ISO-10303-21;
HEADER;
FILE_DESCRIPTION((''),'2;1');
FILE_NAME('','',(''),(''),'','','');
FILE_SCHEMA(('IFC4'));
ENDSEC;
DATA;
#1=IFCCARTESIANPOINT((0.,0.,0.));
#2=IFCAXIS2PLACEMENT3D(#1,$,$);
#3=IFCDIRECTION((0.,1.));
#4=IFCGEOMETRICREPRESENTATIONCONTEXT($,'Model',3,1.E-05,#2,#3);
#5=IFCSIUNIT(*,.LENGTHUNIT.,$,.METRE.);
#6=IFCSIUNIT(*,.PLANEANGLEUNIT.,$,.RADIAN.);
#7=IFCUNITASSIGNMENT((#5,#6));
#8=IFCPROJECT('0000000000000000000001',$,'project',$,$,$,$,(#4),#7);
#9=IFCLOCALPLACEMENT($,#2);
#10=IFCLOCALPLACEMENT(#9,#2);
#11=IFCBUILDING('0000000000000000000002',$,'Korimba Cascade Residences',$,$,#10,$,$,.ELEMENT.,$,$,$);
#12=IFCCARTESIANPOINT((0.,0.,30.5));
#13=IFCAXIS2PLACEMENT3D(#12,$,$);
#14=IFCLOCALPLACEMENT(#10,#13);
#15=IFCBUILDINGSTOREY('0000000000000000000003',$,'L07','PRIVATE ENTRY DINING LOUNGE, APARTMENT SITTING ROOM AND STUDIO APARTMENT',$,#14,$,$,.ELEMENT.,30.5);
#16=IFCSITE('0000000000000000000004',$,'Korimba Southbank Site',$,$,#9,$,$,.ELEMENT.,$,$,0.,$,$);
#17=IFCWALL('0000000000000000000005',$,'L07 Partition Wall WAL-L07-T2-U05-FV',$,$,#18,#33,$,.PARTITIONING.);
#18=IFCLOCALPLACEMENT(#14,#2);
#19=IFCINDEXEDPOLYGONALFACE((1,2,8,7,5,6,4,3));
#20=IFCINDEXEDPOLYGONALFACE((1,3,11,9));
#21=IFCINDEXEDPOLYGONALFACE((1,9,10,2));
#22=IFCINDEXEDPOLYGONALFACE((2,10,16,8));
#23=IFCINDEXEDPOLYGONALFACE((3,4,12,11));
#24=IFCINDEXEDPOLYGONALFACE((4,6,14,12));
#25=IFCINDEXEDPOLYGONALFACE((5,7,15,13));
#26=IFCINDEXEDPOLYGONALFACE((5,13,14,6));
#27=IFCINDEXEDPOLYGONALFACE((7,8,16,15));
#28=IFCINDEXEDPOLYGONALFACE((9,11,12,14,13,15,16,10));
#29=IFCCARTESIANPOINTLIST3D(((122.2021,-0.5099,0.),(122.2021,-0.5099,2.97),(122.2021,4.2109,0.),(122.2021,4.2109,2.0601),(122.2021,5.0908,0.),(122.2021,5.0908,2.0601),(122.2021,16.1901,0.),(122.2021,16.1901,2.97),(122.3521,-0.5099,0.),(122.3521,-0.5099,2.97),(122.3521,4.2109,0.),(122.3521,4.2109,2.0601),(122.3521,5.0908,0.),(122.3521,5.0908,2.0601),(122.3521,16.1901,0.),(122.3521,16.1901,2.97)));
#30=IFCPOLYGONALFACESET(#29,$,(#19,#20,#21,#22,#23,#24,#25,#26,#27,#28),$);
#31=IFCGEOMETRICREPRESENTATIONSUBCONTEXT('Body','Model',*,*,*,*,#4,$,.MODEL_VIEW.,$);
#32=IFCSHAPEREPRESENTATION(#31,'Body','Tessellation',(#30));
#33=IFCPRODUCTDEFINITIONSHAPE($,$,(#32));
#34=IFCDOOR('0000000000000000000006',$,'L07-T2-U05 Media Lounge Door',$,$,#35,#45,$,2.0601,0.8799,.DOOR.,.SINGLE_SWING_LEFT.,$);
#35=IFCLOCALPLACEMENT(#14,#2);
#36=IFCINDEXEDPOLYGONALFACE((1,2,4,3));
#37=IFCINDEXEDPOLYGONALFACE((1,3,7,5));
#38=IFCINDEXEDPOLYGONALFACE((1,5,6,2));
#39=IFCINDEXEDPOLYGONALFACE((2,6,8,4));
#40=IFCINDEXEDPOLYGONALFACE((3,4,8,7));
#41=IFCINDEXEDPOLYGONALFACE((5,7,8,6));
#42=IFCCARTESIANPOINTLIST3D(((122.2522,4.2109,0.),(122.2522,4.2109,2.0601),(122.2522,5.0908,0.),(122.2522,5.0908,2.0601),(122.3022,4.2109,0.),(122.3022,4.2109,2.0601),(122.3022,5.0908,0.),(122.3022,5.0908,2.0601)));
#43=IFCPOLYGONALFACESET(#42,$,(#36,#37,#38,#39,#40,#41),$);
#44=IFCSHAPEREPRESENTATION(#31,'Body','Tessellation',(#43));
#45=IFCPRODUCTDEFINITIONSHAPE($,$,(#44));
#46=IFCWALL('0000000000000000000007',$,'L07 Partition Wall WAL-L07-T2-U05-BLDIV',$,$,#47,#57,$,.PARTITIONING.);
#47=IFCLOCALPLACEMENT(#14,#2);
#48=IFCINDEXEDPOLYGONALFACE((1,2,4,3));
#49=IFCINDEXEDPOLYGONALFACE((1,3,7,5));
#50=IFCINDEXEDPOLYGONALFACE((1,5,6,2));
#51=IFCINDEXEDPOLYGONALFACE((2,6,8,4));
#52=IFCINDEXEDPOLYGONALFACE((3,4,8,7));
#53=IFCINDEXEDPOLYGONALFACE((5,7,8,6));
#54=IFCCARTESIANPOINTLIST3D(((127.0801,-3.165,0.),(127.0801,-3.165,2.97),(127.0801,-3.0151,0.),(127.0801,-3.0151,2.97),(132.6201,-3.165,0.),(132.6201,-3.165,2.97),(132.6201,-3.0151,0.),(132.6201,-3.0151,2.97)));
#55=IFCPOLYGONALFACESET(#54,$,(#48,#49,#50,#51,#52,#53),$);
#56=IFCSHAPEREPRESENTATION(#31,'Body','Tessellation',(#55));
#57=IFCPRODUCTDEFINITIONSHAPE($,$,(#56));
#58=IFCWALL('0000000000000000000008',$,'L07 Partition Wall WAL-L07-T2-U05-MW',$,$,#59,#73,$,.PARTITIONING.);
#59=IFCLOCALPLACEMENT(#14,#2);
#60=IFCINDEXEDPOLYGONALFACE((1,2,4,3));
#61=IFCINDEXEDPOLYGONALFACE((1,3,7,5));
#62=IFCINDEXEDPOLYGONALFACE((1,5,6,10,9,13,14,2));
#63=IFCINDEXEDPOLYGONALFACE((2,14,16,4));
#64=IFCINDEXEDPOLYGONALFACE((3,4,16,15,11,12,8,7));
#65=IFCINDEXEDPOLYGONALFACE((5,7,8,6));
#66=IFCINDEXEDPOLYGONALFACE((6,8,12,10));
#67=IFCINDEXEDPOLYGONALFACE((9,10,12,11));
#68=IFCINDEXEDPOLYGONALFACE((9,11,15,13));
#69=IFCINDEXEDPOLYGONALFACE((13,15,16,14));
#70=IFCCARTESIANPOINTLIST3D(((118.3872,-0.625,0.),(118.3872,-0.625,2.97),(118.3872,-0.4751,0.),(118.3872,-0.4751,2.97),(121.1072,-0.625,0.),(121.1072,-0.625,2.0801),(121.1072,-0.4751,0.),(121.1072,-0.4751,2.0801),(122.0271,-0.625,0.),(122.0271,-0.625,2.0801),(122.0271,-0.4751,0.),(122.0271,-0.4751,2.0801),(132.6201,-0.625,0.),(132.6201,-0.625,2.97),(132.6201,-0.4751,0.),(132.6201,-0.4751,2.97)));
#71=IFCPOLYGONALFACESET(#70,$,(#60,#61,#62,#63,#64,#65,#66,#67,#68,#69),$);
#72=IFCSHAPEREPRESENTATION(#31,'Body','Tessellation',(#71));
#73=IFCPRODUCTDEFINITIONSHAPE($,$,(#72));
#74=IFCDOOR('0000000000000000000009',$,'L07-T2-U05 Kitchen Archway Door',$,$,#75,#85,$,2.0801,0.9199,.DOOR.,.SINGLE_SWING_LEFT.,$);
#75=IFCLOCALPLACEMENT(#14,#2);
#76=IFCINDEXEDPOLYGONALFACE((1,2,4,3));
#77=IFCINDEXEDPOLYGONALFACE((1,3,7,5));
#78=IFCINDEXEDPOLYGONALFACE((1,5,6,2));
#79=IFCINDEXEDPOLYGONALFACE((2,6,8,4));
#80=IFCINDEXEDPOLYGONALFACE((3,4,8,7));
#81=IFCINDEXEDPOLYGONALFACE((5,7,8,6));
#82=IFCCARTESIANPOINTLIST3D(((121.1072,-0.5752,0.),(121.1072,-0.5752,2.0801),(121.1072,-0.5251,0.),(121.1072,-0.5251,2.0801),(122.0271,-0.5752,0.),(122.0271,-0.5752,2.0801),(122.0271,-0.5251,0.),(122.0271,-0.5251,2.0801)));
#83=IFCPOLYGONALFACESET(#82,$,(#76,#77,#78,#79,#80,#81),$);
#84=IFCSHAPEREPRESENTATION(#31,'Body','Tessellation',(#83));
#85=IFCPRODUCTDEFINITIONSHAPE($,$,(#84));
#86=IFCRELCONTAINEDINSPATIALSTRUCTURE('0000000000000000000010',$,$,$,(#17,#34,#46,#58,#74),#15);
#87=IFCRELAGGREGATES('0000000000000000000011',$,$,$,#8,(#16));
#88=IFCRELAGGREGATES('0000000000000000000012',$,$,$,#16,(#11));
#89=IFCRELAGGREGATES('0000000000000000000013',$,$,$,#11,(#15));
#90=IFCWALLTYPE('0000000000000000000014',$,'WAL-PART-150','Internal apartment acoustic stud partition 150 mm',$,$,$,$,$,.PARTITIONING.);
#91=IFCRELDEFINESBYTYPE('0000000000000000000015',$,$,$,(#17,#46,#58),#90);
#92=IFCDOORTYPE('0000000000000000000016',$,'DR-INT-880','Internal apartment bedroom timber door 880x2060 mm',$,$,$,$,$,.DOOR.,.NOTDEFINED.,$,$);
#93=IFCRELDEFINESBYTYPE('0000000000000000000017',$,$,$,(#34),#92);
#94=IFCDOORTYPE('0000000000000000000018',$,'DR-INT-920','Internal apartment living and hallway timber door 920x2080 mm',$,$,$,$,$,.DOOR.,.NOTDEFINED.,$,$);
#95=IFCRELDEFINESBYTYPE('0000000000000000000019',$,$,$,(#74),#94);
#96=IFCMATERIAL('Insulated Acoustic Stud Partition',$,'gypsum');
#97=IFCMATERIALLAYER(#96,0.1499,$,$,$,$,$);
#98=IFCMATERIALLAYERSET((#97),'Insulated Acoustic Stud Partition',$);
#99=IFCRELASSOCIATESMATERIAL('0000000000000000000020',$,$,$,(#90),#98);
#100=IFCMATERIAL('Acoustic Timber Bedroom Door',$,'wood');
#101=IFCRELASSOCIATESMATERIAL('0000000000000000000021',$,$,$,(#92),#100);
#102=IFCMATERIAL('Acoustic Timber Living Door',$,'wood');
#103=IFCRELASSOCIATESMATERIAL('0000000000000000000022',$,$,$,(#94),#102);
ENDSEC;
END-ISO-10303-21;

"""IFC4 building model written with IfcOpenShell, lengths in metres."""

from ifc_helpers import new_model, si_unit, direction, frame, frame_2d, origin, place, context, subcontext, project, spatial, rectangle, extrude, material, layer, layer_set, type_object, element, fill, save


model = new_model("IFC4")

# Units and contexts
model_context = context("Model", 3, precision=1e-05, world=origin(), true_north=direction((0.0, 1.0)))
body_context = subcontext(model_context, "Body", "Model", "MODEL_VIEW")
ifc_project = project(units=[si_unit("LENGTHUNIT", "METRE"), si_unit("PLANEANGLEUNIT", "RADIAN")], contexts=[model_context])

# Site, building, storey
site_placement = place(None, origin())
site = spatial("IfcSite", under=ifc_project, at=site_placement, Name="Korimba Southbank Site", CompositionType="ELEMENT", RefElevation=0.0)
building_placement = place(site_placement, origin())
building = spatial("IfcBuilding", under=site, at=building_placement, Name="Korimba Cascade Residences", CompositionType="ELEMENT")
storey_placement = place(building_placement, frame((0.0, 0.0, 30.5)))
storey = spatial("IfcBuildingStorey", under=building, at=storey_placement, Name="L07", Description="PRIVATE ENTRY DINING LOUNGE, APARTMENT SITTING ROOM AND STUDIO APARTMENT", CompositionType="ELEMENT", Elevation=30.5)

# Shared definitions
ifc_material_1 = material(Name="Insulated Acoustic Stud Partition", Category="gypsum")
ifc_layer = layer(ifc_material_1, 0.1499)
ifc_layer_set = layer_set([ifc_layer], Name="Insulated Acoustic Stud Partition")
wall_type = type_object("IfcWallType", Name="WAL-PART-150", Description="Internal apartment acoustic stud partition 150 mm", PredefinedType="PARTITIONING", material=ifc_layer_set)
ifc_material_2 = material(Name="Acoustic Timber Bedroom Door", Category="wood")
door_type_1 = type_object("IfcDoorType", Name="DR-INT-880", Description="Internal apartment bedroom timber door 880x2060 mm", OperationType="NOTDEFINED", PredefinedType="DOOR", material=ifc_material_2)

# Wall, opening, door
wall_1_placement = place(storey_placement, frame((122.2771, -0.51, 0.0), z_axis=(0.0, 0.0, 1.0), x_axis=(0.0, 1.0, 0.0)))
wall_1 = element("IfcWall", 1, at=wall_1_placement, inside=storey, type_object=wall_type, Name="L07 Partition Wall WAL-L07-T2-U05-FV", PredefinedType="PARTITIONING", context=body_context, shape_type="SweptSolid", body=[
    extrude(rectangle(XDim=16.7, YDim=0.1499, at=frame_2d((8.3501, 0.0))), origin(), (0.0, 0.0, 1.0), 2.97),
])
opening_1_placement = place(wall_1_placement, frame((4.7209, 0.0, 0.0)))
opening_1 = element("IfcOpeningElement", 2, at=opening_1_placement, cuts=wall_1, PredefinedType="OPENING", context=body_context, shape_type="SweptSolid", body=[
    extrude(rectangle(XDim=0.8799, YDim=2.0601, at=frame_2d((0.4399, 1.03))), frame((0.0, 0.085, 0.0), z_axis=(0.0, -1.0, 0.0), x_axis=(1.0, 0.0, 0.0)), (0.0, 0.0, 1.0), 0.1699),
])
door_1_placement = place(opening_1_placement, origin())
door_1 = element("IfcDoor", 3, at=door_1_placement, inside=storey, type_object=door_type_1, Name="L07-T2-U05 Media Lounge Door", OperationType="SINGLE_SWING_LEFT", OverallHeight=2.0601, OverallWidth=0.8799, PredefinedType="DOOR", context=body_context, shape_type="SweptSolid", body=[
    extrude(rectangle(XDim=0.8799, YDim=2.0601, at=frame_2d((0.4399, 1.03))), frame((0.0, 0.0249, 0.0), z_axis=(0.0, -1.0, 0.0), x_axis=(1.0, 0.0, 0.0)), (0.0, 0.0, 1.0), 0.05),
])
fill(opening_1, door_1)

# Wall
wall_2_placement = place(storey_placement, frame((127.0801, -3.0901, 0.0), z_axis=(0.0, 0.0, 1.0), x_axis=(1.0, 0.0, 0.0)))
element("IfcWall", 4, at=wall_2_placement, inside=storey, type_object=wall_type, Name="L07 Partition Wall WAL-L07-T2-U05-BLDIV", PredefinedType="PARTITIONING", context=body_context, shape_type="SweptSolid", body=[
    extrude(rectangle(XDim=5.54, YDim=0.1499, at=frame_2d((2.77, 0.0))), origin(), (0.0, 0.0, 1.0), 2.97),
])

# Wall, opening, door
wall_3_placement = place(storey_placement, frame((118.3872, -0.55, 0.0), z_axis=(0.0, 0.0, 1.0), x_axis=(1.0, 0.0, 0.0)))
wall_3 = element("IfcWall", 5, at=wall_3_placement, inside=storey, type_object=wall_type, Name="L07 Partition Wall WAL-L07-T2-U05-MW", PredefinedType="PARTITIONING", context=body_context, shape_type="SweptSolid", body=[
    extrude(rectangle(XDim=14.2329, YDim=0.1499, at=frame_2d((7.1165, 0.0))), origin(), (0.0, 0.0, 1.0), 2.97),
])
opening_2_placement = place(wall_3_placement, frame((2.72, 0.0, 0.0)))
opening_2 = element("IfcOpeningElement", 6, at=opening_2_placement, cuts=wall_3, PredefinedType="OPENING", context=body_context, shape_type="SweptSolid", body=[
    extrude(rectangle(XDim=0.9199, YDim=2.0801, at=frame_2d((0.46, 1.04))), frame((0.0, 0.085, 0.0), z_axis=(0.0, -1.0, 0.0), x_axis=(1.0, 0.0, 0.0)), (0.0, 0.0, 1.0), 0.1699),
])
ifc_material_3 = material(Name="Acoustic Timber Living Door", Category="wood")
door_type_2 = type_object("IfcDoorType", Name="DR-INT-920", Description="Internal apartment living and hallway timber door 920x2080 mm", OperationType="NOTDEFINED", PredefinedType="DOOR", material=ifc_material_3)
door_2_placement = place(opening_2_placement, origin())
door_2 = element("IfcDoor", 7, at=door_2_placement, inside=storey, type_object=door_type_2, Name="L07-T2-U05 Kitchen Archway Door", OperationType="SINGLE_SWING_LEFT", OverallHeight=2.0801, OverallWidth=0.9199, PredefinedType="DOOR", context=body_context, shape_type="SweptSolid", body=[
    extrude(rectangle(XDim=0.9199, YDim=2.0801, at=frame_2d((0.46, 1.04))), frame((0.0, 0.0249, 0.0), z_axis=(0.0, -1.0, 0.0), x_axis=(1.0, 0.0, 0.0)), (0.0, 0.0, 1.0), 0.05),
])
fill(opening_2, door_2)

save(model, "model.ifc")
